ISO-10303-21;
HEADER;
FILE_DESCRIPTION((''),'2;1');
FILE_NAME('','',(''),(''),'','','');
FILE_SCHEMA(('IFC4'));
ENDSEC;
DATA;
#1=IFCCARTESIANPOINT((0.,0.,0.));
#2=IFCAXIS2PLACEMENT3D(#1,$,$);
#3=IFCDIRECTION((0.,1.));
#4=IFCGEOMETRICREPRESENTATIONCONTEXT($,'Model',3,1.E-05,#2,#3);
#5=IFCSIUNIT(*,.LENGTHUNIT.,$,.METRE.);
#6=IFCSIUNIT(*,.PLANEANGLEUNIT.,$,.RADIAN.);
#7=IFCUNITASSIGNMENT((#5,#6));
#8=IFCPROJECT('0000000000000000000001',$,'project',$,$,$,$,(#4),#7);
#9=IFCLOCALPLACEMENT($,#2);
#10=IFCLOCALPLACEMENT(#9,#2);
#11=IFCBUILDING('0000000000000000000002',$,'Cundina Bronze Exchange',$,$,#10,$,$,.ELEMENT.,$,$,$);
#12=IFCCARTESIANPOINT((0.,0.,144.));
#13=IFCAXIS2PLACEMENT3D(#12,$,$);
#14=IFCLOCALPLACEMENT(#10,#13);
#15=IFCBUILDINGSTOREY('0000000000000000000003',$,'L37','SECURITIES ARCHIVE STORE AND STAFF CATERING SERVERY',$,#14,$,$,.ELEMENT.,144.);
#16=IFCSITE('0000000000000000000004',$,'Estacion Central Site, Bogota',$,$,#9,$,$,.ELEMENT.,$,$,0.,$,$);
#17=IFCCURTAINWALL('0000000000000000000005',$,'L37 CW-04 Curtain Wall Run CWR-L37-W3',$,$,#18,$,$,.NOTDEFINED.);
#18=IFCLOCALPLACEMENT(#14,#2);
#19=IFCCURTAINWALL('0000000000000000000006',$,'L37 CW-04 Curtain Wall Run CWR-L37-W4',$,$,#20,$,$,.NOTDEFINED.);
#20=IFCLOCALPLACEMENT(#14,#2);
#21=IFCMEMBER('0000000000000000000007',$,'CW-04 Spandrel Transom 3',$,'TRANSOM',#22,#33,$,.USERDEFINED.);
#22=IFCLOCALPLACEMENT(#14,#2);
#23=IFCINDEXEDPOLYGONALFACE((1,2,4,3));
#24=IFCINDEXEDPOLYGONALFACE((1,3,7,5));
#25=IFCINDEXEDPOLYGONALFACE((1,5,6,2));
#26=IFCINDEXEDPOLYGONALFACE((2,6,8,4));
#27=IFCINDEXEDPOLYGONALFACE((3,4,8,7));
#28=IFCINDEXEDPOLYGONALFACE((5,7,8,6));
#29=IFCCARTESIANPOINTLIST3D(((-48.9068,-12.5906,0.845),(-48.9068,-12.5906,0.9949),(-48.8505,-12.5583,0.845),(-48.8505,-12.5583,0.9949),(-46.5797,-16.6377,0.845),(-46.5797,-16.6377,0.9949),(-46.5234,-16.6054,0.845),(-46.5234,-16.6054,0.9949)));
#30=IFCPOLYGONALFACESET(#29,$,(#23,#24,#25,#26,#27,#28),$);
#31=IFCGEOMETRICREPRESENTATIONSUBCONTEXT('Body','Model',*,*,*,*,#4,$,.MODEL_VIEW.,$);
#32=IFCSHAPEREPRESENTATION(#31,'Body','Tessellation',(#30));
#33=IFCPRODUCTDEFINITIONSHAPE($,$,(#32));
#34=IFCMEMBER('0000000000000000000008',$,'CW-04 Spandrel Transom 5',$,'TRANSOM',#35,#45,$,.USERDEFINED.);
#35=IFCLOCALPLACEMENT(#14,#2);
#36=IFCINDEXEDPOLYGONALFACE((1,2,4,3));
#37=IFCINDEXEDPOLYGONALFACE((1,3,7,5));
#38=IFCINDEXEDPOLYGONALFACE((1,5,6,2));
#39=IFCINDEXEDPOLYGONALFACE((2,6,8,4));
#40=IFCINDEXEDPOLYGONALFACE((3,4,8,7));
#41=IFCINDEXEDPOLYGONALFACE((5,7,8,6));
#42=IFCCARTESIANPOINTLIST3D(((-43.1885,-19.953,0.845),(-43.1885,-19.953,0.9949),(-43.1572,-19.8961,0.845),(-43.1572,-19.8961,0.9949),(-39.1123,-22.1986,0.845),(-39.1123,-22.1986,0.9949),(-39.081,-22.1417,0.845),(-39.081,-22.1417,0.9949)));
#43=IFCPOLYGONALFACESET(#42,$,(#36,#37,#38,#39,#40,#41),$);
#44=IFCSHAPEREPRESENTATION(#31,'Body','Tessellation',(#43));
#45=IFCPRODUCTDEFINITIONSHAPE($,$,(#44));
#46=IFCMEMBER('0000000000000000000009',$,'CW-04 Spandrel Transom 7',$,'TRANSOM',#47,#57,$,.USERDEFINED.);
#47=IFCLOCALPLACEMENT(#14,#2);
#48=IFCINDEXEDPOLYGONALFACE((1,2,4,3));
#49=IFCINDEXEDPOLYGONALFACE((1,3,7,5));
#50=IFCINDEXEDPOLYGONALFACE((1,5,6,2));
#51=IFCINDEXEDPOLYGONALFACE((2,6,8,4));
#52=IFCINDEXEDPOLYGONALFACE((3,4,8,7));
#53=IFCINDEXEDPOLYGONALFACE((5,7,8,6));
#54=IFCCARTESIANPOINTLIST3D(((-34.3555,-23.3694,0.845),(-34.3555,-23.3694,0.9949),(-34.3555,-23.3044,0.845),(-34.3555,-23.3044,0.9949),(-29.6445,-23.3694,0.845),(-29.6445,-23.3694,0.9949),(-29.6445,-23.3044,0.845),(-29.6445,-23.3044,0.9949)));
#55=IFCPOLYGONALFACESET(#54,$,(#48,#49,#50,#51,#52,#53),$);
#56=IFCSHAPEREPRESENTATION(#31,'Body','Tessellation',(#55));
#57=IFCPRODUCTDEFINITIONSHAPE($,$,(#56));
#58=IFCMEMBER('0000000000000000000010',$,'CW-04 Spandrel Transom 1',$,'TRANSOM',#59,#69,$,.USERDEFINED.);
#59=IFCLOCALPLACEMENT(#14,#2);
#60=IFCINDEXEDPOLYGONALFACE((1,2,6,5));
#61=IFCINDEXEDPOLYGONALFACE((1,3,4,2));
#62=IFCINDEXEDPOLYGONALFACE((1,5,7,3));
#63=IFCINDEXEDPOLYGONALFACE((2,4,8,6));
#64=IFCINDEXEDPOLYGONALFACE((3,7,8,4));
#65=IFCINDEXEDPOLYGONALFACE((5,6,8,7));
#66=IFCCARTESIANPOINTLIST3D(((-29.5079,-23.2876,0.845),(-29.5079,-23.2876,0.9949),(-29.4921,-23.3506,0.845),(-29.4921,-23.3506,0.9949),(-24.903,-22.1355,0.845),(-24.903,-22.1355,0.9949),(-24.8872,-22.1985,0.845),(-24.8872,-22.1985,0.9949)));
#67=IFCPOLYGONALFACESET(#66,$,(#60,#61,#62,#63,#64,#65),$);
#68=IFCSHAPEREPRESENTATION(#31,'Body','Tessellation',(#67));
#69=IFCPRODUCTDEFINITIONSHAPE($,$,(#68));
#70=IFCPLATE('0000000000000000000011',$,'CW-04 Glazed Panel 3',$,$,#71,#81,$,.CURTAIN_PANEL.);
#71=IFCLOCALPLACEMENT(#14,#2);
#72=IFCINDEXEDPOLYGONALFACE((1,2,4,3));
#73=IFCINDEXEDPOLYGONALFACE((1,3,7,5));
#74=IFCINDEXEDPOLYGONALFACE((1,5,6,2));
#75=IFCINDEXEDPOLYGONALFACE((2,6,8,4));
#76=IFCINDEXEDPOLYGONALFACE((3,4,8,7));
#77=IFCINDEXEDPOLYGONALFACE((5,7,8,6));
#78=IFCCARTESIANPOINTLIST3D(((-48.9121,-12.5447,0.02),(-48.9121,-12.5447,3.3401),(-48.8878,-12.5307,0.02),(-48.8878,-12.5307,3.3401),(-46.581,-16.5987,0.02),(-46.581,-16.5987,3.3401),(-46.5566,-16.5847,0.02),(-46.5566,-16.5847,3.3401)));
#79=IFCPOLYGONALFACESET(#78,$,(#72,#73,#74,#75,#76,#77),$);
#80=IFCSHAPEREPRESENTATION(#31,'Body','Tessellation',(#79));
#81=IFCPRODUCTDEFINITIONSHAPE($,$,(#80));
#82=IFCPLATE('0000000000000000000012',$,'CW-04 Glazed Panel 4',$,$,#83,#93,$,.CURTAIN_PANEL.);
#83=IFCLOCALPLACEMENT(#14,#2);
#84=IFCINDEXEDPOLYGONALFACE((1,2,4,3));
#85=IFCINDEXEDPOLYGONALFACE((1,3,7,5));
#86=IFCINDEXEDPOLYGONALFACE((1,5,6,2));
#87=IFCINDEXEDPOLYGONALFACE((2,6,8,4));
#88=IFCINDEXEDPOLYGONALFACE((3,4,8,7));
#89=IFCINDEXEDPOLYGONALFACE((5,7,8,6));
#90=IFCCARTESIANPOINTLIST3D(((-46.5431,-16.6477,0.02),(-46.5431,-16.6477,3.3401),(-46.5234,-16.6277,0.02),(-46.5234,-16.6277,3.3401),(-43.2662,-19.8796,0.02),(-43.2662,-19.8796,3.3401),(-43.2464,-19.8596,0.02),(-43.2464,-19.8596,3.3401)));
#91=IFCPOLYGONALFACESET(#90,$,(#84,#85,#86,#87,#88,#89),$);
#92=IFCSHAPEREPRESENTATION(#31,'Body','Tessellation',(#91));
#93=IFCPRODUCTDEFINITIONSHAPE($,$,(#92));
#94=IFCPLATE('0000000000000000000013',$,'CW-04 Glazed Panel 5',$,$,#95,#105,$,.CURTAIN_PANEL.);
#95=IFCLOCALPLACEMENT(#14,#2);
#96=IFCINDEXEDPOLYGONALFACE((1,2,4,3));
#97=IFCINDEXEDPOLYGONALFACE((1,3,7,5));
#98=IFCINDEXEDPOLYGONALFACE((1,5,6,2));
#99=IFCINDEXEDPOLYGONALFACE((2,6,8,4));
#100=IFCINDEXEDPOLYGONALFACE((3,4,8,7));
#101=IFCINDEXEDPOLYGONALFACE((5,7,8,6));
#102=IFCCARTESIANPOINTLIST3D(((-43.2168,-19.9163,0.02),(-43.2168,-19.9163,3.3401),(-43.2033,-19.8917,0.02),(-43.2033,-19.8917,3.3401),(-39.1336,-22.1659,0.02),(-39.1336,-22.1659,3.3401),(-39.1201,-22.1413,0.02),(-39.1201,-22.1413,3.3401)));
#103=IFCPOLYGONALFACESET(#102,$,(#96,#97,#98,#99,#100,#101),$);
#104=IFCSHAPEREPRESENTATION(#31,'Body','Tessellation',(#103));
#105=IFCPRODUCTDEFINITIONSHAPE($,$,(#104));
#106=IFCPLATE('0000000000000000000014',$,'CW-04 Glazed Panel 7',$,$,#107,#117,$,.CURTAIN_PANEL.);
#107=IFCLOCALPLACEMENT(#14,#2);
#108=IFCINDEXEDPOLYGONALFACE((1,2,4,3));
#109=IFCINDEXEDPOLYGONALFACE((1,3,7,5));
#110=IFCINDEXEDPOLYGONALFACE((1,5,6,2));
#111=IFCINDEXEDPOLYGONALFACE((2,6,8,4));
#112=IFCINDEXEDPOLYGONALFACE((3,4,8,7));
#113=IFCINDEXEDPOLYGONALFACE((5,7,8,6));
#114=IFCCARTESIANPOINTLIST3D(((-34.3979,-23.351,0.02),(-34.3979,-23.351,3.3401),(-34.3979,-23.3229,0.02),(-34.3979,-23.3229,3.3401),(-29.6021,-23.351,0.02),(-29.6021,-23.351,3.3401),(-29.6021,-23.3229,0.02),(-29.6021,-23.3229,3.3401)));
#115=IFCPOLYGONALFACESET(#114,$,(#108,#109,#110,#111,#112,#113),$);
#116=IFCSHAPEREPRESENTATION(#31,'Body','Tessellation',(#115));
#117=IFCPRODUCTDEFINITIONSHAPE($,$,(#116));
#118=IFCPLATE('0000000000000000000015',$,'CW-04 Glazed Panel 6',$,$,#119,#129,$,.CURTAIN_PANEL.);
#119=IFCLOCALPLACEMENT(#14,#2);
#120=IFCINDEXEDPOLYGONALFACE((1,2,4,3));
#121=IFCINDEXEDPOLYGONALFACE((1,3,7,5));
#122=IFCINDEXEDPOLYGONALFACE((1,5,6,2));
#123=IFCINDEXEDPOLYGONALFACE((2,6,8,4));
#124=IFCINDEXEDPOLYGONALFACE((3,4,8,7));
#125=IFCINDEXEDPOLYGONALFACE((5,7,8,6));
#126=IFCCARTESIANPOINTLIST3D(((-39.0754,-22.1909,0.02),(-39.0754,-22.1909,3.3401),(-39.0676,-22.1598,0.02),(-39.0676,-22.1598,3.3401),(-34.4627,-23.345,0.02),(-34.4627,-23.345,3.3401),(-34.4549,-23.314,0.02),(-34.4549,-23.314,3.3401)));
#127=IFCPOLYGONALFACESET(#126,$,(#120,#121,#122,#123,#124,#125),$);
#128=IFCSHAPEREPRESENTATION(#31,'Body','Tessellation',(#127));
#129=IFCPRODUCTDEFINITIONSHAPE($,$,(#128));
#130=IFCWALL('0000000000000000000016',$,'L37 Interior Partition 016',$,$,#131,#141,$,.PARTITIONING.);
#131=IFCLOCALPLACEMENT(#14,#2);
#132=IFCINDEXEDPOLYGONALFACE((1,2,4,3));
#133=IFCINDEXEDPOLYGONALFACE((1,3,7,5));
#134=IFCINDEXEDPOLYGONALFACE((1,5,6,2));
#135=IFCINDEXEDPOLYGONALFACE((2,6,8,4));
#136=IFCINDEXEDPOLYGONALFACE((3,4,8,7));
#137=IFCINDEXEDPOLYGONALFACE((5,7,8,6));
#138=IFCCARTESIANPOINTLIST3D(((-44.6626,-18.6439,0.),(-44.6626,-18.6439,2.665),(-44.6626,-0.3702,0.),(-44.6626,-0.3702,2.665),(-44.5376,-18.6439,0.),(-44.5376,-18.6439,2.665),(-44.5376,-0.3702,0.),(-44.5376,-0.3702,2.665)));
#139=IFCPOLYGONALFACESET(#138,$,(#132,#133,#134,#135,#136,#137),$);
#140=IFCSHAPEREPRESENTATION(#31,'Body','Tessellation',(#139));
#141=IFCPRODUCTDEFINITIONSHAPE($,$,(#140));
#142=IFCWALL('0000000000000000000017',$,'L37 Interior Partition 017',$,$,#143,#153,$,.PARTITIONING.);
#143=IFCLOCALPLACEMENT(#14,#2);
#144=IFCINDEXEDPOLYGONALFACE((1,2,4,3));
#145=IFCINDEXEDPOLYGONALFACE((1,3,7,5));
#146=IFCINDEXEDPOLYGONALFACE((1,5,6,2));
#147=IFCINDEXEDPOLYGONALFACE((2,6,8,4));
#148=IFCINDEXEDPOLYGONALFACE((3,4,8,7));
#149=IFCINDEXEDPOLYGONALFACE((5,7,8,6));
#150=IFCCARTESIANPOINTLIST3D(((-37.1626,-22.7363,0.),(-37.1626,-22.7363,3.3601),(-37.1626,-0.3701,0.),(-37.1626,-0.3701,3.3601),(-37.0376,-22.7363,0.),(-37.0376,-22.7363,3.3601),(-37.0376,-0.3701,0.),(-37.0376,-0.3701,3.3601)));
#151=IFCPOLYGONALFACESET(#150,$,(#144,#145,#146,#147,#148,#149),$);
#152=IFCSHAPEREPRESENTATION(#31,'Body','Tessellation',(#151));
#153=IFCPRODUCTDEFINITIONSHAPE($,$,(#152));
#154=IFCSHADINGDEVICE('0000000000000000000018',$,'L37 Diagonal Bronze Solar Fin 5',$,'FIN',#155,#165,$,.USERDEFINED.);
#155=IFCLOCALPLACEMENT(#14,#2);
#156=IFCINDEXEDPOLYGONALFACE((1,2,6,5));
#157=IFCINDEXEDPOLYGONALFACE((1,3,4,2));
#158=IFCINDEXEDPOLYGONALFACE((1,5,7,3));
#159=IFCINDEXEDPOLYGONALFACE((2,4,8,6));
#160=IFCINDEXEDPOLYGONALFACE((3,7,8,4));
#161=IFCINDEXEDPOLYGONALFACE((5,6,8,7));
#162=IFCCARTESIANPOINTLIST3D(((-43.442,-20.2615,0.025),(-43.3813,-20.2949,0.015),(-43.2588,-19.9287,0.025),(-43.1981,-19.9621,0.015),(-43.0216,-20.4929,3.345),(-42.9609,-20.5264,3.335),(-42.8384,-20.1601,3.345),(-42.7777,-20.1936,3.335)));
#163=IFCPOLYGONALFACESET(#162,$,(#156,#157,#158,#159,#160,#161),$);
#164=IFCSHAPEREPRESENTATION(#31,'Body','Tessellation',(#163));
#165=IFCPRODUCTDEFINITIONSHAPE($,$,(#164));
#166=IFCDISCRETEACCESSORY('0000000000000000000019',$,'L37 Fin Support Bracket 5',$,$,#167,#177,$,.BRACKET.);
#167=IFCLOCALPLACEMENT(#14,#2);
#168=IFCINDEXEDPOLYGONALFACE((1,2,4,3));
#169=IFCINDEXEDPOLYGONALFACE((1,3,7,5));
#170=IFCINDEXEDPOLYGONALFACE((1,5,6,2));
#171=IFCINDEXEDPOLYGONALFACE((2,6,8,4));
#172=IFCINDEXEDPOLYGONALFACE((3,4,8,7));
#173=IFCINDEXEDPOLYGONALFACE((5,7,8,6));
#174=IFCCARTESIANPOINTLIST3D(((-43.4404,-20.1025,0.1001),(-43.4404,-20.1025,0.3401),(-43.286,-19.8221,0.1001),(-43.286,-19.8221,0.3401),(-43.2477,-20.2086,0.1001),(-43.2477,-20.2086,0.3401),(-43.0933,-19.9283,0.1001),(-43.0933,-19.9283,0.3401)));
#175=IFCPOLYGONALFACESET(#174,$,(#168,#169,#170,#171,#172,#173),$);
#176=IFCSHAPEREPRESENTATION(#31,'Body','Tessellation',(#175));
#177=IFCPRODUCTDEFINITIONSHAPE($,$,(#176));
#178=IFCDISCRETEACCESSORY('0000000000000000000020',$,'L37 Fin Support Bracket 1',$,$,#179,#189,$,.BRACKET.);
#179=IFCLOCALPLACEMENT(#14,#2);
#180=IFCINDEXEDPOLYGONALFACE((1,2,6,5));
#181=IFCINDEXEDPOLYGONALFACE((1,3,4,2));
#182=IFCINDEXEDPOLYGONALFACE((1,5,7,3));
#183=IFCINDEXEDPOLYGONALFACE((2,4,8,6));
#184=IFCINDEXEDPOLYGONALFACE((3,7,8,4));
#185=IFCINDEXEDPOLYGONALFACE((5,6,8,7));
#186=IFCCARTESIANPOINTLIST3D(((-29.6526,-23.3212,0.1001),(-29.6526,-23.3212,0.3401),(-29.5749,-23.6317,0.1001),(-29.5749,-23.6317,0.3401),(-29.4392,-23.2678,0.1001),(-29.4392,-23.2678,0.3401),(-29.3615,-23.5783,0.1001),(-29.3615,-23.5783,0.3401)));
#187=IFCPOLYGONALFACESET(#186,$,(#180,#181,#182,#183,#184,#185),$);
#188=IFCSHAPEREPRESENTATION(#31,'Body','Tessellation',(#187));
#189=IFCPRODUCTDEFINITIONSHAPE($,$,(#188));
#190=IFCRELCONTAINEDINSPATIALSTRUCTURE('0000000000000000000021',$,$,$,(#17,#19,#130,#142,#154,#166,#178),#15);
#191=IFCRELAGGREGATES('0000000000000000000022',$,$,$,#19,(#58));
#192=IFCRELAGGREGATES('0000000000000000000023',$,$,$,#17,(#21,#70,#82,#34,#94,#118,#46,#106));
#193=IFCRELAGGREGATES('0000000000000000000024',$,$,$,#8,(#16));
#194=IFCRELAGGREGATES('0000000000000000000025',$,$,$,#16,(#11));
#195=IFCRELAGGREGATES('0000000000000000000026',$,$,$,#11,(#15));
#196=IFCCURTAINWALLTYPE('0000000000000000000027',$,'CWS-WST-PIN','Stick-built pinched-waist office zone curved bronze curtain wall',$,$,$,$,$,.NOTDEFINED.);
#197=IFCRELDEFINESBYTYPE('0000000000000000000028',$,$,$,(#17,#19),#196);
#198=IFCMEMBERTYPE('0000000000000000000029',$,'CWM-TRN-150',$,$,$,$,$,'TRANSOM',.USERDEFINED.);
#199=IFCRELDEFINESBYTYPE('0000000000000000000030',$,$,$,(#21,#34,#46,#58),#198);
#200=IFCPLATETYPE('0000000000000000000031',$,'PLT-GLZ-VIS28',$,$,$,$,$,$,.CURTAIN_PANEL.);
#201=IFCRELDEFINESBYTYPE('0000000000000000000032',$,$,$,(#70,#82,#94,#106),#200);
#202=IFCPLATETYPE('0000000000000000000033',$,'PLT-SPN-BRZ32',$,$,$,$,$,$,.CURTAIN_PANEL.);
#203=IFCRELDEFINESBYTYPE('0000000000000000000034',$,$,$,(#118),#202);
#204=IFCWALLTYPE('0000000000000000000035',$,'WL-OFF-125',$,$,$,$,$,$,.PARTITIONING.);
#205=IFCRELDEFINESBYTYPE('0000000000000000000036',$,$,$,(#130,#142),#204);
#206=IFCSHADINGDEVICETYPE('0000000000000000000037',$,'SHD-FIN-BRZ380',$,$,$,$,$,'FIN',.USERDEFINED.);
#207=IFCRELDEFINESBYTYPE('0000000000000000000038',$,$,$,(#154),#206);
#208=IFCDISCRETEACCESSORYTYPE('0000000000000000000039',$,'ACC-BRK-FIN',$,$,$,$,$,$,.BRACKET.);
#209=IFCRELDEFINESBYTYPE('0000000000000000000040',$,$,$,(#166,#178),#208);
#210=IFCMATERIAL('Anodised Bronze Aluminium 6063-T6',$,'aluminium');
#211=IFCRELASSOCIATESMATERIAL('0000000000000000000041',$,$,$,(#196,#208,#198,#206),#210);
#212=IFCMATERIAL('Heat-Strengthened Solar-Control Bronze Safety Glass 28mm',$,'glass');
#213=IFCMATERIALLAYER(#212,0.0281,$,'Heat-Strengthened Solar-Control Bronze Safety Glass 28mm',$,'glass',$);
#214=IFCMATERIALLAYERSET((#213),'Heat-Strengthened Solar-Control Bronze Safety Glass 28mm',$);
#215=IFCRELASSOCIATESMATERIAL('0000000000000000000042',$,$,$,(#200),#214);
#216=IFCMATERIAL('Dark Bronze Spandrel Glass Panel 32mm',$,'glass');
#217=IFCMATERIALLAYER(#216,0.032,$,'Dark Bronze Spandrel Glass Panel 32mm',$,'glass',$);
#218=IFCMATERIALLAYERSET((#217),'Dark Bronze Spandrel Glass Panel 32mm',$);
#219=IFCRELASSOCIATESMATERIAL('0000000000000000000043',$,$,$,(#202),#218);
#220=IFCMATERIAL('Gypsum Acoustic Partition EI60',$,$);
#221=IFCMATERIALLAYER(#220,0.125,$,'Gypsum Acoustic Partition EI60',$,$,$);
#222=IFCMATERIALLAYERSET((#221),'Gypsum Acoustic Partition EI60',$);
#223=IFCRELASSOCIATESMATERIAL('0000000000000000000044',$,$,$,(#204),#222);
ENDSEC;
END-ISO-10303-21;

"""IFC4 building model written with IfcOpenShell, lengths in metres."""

from ifc_helpers import new_model, si_unit, direction, frame, frame_2d, origin, origin_2d, place, context, subcontext, project, spatial, rectangle, extrude, material, layer, layer_set, material_profile, profile_set, type_object, element, aggregate, save


model = new_model("IFC4")

# Units and contexts
model_context = context("Model", 3, precision=1e-05, world=origin(), true_north=direction((0.0, 1.0)))
body_context = subcontext(model_context, "Body", "Model", "MODEL_VIEW")
ifc_project = project(units=[si_unit("LENGTHUNIT", "METRE"), si_unit("PLANEANGLEUNIT", "RADIAN")], contexts=[model_context])

# Site, building, storey
site_placement = place(None, origin())
site = spatial("IfcSite", under=ifc_project, at=site_placement, Name="Estacion Central Site, Bogota", CompositionType="ELEMENT", RefElevation=0.0)
building_placement = place(site_placement, origin())
building = spatial("IfcBuilding", under=site, at=building_placement, Name="Cundina Bronze Exchange", CompositionType="ELEMENT")
storey_placement = place(building_placement, frame((0.0, 0.0, 144.0)))
storey = spatial("IfcBuildingStorey", under=building, at=storey_placement, Name="L37", Description="SECURITIES ARCHIVE STORE AND STAFF CATERING SERVERY", CompositionType="ELEMENT", Elevation=144.0)

# Curtain wall
ifc_material_1 = material(Name="Anodised Bronze Aluminium 6063-T6", Category="aluminium")
curtain_wall_type = type_object("IfcCurtainWallType", Name="CWS-WST-PIN", Description="Stick-built pinched-waist office zone curved bronze curtain wall", PredefinedType="NOTDEFINED", material=ifc_material_1)
curtain_wall_1_placement = place(storey_placement, origin())
curtain_wall_1 = element("IfcCurtainWall", 1, at=curtain_wall_1_placement, inside=storey, type_object=curtain_wall_type, Name="L37 CW-04 Curtain Wall Run CWR-L37-W3", PredefinedType="NOTDEFINED")

# Curtain wall
curtain_wall_2_placement = place(storey_placement, origin())
curtain_wall_2 = element("IfcCurtainWall", 2, at=curtain_wall_2_placement, inside=storey, type_object=curtain_wall_type, Name="L37 CW-04 Curtain Wall Run CWR-L37-W4", PredefinedType="NOTDEFINED")

# Members
ifc_material_profile_1 = material_profile(ifc_material_1, rectangle(XDim=0.0649, YDim=0.1499, at=origin_2d()), Name="AL65X150", Category="aluminium")
ifc_profile_set_1 = profile_set([ifc_material_profile_1], Name="Anodised Bronze Aluminium 6063-T6")
member_type_1 = type_object("IfcMemberType", Name="CWM-TRN-150", ElementType="TRANSOM", PredefinedType="USERDEFINED", material=ifc_profile_set_1)
member_1_placement = place(storey_placement, frame((-48.8787, -12.5745, 0.9199), z_axis=(0.49848, -0.866901, 0.0), x_axis=(0.866901, 0.49848, 0.0)))
member_1 = element("IfcMember", 3, at=member_1_placement, type_object=member_type_1, Name="CW-04 Spandrel Transom 3", ObjectType="TRANSOM", PredefinedType="USERDEFINED", context=body_context, shape_type="SweptSolid", body=[
    extrude(rectangle(XDim=0.0649, YDim=0.1499, at=origin_2d()), origin(), (0.0, 0.0, 1.0), 4.6685),
])
member_2_placement = place(storey_placement, frame((-43.1729, -19.9246, 0.9199), z_axis=(0.875879, -0.482531, 0.0), x_axis=(0.482531, 0.875879, 0.0)))
member_2 = element("IfcMember", 4, at=member_2_placement, type_object=member_type_1, Name="CW-04 Spandrel Transom 5", ObjectType="TRANSOM", PredefinedType="USERDEFINED", context=body_context, shape_type="SweptSolid", body=[
    extrude(rectangle(XDim=0.0649, YDim=0.1499, at=origin_2d()), origin(), (0.0, 0.0, 1.0), 4.6538),
])
member_3_placement = place(storey_placement, frame((-34.3555, -23.3369, 0.9199), z_axis=(1.0, 0.0, 0.0), x_axis=(0.0, 1.0, 0.0)))
member_3 = element("IfcMember", 5, at=member_3_placement, type_object=member_type_1, Name="CW-04 Spandrel Transom 7", ObjectType="TRANSOM", PredefinedType="USERDEFINED", context=body_context, shape_type="SweptSolid", body=[
    extrude(rectangle(XDim=0.0649, YDim=0.1499, at=origin_2d()), origin(), (0.0, 0.0, 1.0), 4.7109),
])
member_4_placement = place(storey_placement, frame((-29.5, -23.3191, 0.9199), z_axis=(0.9701, 0.242705, 0.0), x_axis=(-0.242705, 0.9701, 0.0)))
member_4 = element("IfcMember", 6, at=member_4_placement, type_object=member_type_1, Name="CW-04 Spandrel Transom 1", ObjectType="TRANSOM", PredefinedType="USERDEFINED", context=body_context, shape_type="SweptSolid", body=[
    extrude(rectangle(XDim=0.0649, YDim=0.1499, at=origin_2d()), origin(), (0.0, 0.0, 1.0), 4.7468),
])
aggregate(curtain_wall_2, [member_4])

# Plates
ifc_material_2 = material(Name="Heat-Strengthened Solar-Control Bronze Safety Glass 28mm", Category="glass")
ifc_layer_1 = layer(ifc_material_2, 0.0281, Name="Heat-Strengthened Solar-Control Bronze Safety Glass 28mm", Category="glass")
ifc_layer_set_1 = layer_set([ifc_layer_1], Name="Heat-Strengthened Solar-Control Bronze Safety Glass 28mm")
plate_type_1 = type_object("IfcPlateType", Name="PLT-GLZ-VIS28", PredefinedType="CURTAIN_PANEL", material=ifc_layer_set_1)
plate_1_placement = place(storey_placement, frame((-47.7344, -14.5647, 0.02), z_axis=(0.0, 0.0, 1.0), x_axis=(0.498488, -0.866897, 0.0)))
plate_1 = element("IfcPlate", 7, at=plate_1_placement, type_object=plate_type_1, Name="CW-04 Glazed Panel 3", PredefinedType="CURTAIN_PANEL", context=body_context, shape_type="SweptSolid", body=[
    extrude(rectangle(XDim=4.6765, YDim=0.0281, at=origin_2d()), origin(), (0.0, 0.0, 1.0), 3.3201),
])
plate_2_placement = place(storey_placement, frame((-44.8948, -18.2537, 0.02), z_axis=(0.0, 0.0, 1.0), x_axis=(0.711989, -0.70219, 0.0)))
plate_2 = element("IfcPlate", 8, at=plate_2_placement, type_object=plate_type_1, Name="CW-04 Glazed Panel 4", PredefinedType="CURTAIN_PANEL", context=body_context, shape_type="SweptSolid", body=[
    extrude(rectangle(XDim=4.6025, YDim=0.0281, at=origin_2d()), origin(), (0.0, 0.0, 1.0), 3.3201),
])
plate_3_placement = place(storey_placement, frame((-41.1685, -21.0288, 0.02), z_axis=(0.0, 0.0, 1.0), x_axis=(0.875869, -0.482549, 0.0)))
plate_3 = element("IfcPlate", 9, at=plate_3_placement, type_object=plate_type_1, Name="CW-04 Glazed Panel 5", PredefinedType="CURTAIN_PANEL", context=body_context, shape_type="SweptSolid", body=[
    extrude(rectangle(XDim=4.6619, YDim=0.0281, at=origin_2d()), origin(), (0.0, 0.0, 1.0), 3.3201),
])
plate_4_placement = place(storey_placement, frame((-32.0, -23.3369, 0.02), z_axis=(0.0, 0.0, 1.0), x_axis=(1.0, 0.0, 0.0)))
plate_4 = element("IfcPlate", 10, at=plate_4_placement, type_object=plate_type_1, Name="CW-04 Glazed Panel 7", PredefinedType="CURTAIN_PANEL", context=body_context, shape_type="SweptSolid", body=[
    extrude(rectangle(XDim=4.7959, YDim=0.0281, at=origin_2d()), origin(), (0.0, 0.0, 1.0), 3.3201),
])
ifc_material_3 = material(Name="Dark Bronze Spandrel Glass Panel 32mm", Category="glass")
ifc_layer_2 = layer(ifc_material_3, 0.032, Name="Dark Bronze Spandrel Glass Panel 32mm", Category="glass")
ifc_layer_set_2 = layer_set([ifc_layer_2], Name="Dark Bronze Spandrel Glass Panel 32mm")
plate_type_2 = type_object("IfcPlateType", Name="PLT-SPN-BRZ32", PredefinedType="CURTAIN_PANEL", material=ifc_layer_set_2)
plate_5_placement = place(storey_placement, frame((-36.7651, -22.7524, 0.02), z_axis=(0.0, 0.0, 1.0), x_axis=(0.970093, -0.242735, 0.0)))
plate_5 = element("IfcPlate", 11, at=plate_5_placement, type_object=plate_type_2, Name="CW-04 Glazed Panel 6", PredefinedType="CURTAIN_PANEL", context=body_context, shape_type="SweptSolid", body=[
    extrude(rectangle(XDim=4.7549, YDim=0.032, at=origin_2d()), origin(), (0.0, 0.0, 1.0), 3.3201),
])
aggregate(curtain_wall_1, [member_1, plate_1, plate_2, member_2, plate_3, plate_5, member_3, plate_4])

# Walls
ifc_material_4 = material(Name="Gypsum Acoustic Partition EI60")
ifc_layer_3 = layer(ifc_material_4, 0.125, Name="Gypsum Acoustic Partition EI60")
ifc_layer_set_3 = layer_set([ifc_layer_3], Name="Gypsum Acoustic Partition EI60")
wall_type = type_object("IfcWallType", Name="WL-OFF-125", PredefinedType="PARTITIONING", material=ifc_layer_set_3)
wall_1_placement = place(storey_placement, frame((-44.6001, -18.6438, 0.0), z_axis=(0.0, 0.0, 1.0), x_axis=(0.0, 1.0, 0.0)))
element("IfcWall", 12, at=wall_1_placement, inside=storey, type_object=wall_type, Name="L37 Interior Partition 016", PredefinedType="PARTITIONING", context=body_context, shape_type="SweptSolid", body=[
    extrude(rectangle(XDim=18.2737, YDim=0.125, at=frame_2d((9.1367, 0.0))), origin(), (0.0, 0.0, 1.0), 2.665),
])
wall_2_placement = place(storey_placement, frame((-37.1001, -22.7363, 0.0), z_axis=(0.0, 0.0, 1.0), x_axis=(0.0, 1.0, 0.0)))
element("IfcWall", 13, at=wall_2_placement, inside=storey, type_object=wall_type, Name="L37 Interior Partition 017", PredefinedType="PARTITIONING", context=body_context, shape_type="SweptSolid", body=[
    extrude(rectangle(XDim=22.3662, YDim=0.125, at=frame_2d((11.1831, 0.0))), origin(), (0.0, 0.0, 1.0), 3.3601),
])

# Shading device
ifc_material_profile_2 = material_profile(ifc_material_1, rectangle(XDim=0.0701, YDim=0.3799, at=origin_2d()), Name="FIN70X380", Category="aluminium")
ifc_profile_set_2 = profile_set([ifc_material_profile_2], Name="Anodised Bronze Aluminium 6063-T6")
shading_device_type = type_object("IfcShadingDeviceType", Name="SHD-FIN-BRZ380", ElementType="FIN", PredefinedType="USERDEFINED", material=ifc_profile_set_2)
shading_device_placement = place(storey_placement, frame((-43.3201, -20.1118, 0.02), z_axis=(0.125324, -0.068994, 0.989714), x_axis=(-0.867012, 0.47731, 0.143061)))
element("IfcShadingDevice", 14, at=shading_device_placement, inside=storey, type_object=shading_device_type, Name="L37 Diagonal Bronze Solar Fin 5", ObjectType="FIN", PredefinedType="USERDEFINED", context=body_context, shape_type="SweptSolid", body=[
    extrude(rectangle(XDim=0.0701, YDim=0.3799, at=origin_2d()), origin(), (0.0, 0.0, 1.0), 3.3545),
])

# Discrete accessories
discrete_accessory_type = type_object("IfcDiscreteAccessoryType", Name="ACC-BRK-FIN", PredefinedType="BRACKET", material=ifc_material_1)
for number, where, z_axis, x_axis, name in (
    (15, (-43.2668, -20.0154, 0.1001), (0.0, 0.0, 1.0), (0.875869, -0.482549, 0.0), "L37 Fin Support Bracket 5"),
    (16, (-29.5071, -23.4497, 0.1001), (0.0, 0.0, 1.0), (0.970093, 0.242735, 0.0), "L37 Fin Support Bracket 1"),
):
    element("IfcDiscreteAccessory", number, at=place(storey_placement, frame(where, z_axis=z_axis, x_axis=x_axis)), inside=storey, type_object=discrete_accessory_type, Name=name, PredefinedType="BRACKET", context=body_context, shape_type="SweptSolid", body=[
        extrude(rectangle(XDim=0.22, YDim=0.3201, at=origin_2d()), origin(), (0.0, 0.0, 1.0), 0.24),
    ])

save(model, "model.ifc")
